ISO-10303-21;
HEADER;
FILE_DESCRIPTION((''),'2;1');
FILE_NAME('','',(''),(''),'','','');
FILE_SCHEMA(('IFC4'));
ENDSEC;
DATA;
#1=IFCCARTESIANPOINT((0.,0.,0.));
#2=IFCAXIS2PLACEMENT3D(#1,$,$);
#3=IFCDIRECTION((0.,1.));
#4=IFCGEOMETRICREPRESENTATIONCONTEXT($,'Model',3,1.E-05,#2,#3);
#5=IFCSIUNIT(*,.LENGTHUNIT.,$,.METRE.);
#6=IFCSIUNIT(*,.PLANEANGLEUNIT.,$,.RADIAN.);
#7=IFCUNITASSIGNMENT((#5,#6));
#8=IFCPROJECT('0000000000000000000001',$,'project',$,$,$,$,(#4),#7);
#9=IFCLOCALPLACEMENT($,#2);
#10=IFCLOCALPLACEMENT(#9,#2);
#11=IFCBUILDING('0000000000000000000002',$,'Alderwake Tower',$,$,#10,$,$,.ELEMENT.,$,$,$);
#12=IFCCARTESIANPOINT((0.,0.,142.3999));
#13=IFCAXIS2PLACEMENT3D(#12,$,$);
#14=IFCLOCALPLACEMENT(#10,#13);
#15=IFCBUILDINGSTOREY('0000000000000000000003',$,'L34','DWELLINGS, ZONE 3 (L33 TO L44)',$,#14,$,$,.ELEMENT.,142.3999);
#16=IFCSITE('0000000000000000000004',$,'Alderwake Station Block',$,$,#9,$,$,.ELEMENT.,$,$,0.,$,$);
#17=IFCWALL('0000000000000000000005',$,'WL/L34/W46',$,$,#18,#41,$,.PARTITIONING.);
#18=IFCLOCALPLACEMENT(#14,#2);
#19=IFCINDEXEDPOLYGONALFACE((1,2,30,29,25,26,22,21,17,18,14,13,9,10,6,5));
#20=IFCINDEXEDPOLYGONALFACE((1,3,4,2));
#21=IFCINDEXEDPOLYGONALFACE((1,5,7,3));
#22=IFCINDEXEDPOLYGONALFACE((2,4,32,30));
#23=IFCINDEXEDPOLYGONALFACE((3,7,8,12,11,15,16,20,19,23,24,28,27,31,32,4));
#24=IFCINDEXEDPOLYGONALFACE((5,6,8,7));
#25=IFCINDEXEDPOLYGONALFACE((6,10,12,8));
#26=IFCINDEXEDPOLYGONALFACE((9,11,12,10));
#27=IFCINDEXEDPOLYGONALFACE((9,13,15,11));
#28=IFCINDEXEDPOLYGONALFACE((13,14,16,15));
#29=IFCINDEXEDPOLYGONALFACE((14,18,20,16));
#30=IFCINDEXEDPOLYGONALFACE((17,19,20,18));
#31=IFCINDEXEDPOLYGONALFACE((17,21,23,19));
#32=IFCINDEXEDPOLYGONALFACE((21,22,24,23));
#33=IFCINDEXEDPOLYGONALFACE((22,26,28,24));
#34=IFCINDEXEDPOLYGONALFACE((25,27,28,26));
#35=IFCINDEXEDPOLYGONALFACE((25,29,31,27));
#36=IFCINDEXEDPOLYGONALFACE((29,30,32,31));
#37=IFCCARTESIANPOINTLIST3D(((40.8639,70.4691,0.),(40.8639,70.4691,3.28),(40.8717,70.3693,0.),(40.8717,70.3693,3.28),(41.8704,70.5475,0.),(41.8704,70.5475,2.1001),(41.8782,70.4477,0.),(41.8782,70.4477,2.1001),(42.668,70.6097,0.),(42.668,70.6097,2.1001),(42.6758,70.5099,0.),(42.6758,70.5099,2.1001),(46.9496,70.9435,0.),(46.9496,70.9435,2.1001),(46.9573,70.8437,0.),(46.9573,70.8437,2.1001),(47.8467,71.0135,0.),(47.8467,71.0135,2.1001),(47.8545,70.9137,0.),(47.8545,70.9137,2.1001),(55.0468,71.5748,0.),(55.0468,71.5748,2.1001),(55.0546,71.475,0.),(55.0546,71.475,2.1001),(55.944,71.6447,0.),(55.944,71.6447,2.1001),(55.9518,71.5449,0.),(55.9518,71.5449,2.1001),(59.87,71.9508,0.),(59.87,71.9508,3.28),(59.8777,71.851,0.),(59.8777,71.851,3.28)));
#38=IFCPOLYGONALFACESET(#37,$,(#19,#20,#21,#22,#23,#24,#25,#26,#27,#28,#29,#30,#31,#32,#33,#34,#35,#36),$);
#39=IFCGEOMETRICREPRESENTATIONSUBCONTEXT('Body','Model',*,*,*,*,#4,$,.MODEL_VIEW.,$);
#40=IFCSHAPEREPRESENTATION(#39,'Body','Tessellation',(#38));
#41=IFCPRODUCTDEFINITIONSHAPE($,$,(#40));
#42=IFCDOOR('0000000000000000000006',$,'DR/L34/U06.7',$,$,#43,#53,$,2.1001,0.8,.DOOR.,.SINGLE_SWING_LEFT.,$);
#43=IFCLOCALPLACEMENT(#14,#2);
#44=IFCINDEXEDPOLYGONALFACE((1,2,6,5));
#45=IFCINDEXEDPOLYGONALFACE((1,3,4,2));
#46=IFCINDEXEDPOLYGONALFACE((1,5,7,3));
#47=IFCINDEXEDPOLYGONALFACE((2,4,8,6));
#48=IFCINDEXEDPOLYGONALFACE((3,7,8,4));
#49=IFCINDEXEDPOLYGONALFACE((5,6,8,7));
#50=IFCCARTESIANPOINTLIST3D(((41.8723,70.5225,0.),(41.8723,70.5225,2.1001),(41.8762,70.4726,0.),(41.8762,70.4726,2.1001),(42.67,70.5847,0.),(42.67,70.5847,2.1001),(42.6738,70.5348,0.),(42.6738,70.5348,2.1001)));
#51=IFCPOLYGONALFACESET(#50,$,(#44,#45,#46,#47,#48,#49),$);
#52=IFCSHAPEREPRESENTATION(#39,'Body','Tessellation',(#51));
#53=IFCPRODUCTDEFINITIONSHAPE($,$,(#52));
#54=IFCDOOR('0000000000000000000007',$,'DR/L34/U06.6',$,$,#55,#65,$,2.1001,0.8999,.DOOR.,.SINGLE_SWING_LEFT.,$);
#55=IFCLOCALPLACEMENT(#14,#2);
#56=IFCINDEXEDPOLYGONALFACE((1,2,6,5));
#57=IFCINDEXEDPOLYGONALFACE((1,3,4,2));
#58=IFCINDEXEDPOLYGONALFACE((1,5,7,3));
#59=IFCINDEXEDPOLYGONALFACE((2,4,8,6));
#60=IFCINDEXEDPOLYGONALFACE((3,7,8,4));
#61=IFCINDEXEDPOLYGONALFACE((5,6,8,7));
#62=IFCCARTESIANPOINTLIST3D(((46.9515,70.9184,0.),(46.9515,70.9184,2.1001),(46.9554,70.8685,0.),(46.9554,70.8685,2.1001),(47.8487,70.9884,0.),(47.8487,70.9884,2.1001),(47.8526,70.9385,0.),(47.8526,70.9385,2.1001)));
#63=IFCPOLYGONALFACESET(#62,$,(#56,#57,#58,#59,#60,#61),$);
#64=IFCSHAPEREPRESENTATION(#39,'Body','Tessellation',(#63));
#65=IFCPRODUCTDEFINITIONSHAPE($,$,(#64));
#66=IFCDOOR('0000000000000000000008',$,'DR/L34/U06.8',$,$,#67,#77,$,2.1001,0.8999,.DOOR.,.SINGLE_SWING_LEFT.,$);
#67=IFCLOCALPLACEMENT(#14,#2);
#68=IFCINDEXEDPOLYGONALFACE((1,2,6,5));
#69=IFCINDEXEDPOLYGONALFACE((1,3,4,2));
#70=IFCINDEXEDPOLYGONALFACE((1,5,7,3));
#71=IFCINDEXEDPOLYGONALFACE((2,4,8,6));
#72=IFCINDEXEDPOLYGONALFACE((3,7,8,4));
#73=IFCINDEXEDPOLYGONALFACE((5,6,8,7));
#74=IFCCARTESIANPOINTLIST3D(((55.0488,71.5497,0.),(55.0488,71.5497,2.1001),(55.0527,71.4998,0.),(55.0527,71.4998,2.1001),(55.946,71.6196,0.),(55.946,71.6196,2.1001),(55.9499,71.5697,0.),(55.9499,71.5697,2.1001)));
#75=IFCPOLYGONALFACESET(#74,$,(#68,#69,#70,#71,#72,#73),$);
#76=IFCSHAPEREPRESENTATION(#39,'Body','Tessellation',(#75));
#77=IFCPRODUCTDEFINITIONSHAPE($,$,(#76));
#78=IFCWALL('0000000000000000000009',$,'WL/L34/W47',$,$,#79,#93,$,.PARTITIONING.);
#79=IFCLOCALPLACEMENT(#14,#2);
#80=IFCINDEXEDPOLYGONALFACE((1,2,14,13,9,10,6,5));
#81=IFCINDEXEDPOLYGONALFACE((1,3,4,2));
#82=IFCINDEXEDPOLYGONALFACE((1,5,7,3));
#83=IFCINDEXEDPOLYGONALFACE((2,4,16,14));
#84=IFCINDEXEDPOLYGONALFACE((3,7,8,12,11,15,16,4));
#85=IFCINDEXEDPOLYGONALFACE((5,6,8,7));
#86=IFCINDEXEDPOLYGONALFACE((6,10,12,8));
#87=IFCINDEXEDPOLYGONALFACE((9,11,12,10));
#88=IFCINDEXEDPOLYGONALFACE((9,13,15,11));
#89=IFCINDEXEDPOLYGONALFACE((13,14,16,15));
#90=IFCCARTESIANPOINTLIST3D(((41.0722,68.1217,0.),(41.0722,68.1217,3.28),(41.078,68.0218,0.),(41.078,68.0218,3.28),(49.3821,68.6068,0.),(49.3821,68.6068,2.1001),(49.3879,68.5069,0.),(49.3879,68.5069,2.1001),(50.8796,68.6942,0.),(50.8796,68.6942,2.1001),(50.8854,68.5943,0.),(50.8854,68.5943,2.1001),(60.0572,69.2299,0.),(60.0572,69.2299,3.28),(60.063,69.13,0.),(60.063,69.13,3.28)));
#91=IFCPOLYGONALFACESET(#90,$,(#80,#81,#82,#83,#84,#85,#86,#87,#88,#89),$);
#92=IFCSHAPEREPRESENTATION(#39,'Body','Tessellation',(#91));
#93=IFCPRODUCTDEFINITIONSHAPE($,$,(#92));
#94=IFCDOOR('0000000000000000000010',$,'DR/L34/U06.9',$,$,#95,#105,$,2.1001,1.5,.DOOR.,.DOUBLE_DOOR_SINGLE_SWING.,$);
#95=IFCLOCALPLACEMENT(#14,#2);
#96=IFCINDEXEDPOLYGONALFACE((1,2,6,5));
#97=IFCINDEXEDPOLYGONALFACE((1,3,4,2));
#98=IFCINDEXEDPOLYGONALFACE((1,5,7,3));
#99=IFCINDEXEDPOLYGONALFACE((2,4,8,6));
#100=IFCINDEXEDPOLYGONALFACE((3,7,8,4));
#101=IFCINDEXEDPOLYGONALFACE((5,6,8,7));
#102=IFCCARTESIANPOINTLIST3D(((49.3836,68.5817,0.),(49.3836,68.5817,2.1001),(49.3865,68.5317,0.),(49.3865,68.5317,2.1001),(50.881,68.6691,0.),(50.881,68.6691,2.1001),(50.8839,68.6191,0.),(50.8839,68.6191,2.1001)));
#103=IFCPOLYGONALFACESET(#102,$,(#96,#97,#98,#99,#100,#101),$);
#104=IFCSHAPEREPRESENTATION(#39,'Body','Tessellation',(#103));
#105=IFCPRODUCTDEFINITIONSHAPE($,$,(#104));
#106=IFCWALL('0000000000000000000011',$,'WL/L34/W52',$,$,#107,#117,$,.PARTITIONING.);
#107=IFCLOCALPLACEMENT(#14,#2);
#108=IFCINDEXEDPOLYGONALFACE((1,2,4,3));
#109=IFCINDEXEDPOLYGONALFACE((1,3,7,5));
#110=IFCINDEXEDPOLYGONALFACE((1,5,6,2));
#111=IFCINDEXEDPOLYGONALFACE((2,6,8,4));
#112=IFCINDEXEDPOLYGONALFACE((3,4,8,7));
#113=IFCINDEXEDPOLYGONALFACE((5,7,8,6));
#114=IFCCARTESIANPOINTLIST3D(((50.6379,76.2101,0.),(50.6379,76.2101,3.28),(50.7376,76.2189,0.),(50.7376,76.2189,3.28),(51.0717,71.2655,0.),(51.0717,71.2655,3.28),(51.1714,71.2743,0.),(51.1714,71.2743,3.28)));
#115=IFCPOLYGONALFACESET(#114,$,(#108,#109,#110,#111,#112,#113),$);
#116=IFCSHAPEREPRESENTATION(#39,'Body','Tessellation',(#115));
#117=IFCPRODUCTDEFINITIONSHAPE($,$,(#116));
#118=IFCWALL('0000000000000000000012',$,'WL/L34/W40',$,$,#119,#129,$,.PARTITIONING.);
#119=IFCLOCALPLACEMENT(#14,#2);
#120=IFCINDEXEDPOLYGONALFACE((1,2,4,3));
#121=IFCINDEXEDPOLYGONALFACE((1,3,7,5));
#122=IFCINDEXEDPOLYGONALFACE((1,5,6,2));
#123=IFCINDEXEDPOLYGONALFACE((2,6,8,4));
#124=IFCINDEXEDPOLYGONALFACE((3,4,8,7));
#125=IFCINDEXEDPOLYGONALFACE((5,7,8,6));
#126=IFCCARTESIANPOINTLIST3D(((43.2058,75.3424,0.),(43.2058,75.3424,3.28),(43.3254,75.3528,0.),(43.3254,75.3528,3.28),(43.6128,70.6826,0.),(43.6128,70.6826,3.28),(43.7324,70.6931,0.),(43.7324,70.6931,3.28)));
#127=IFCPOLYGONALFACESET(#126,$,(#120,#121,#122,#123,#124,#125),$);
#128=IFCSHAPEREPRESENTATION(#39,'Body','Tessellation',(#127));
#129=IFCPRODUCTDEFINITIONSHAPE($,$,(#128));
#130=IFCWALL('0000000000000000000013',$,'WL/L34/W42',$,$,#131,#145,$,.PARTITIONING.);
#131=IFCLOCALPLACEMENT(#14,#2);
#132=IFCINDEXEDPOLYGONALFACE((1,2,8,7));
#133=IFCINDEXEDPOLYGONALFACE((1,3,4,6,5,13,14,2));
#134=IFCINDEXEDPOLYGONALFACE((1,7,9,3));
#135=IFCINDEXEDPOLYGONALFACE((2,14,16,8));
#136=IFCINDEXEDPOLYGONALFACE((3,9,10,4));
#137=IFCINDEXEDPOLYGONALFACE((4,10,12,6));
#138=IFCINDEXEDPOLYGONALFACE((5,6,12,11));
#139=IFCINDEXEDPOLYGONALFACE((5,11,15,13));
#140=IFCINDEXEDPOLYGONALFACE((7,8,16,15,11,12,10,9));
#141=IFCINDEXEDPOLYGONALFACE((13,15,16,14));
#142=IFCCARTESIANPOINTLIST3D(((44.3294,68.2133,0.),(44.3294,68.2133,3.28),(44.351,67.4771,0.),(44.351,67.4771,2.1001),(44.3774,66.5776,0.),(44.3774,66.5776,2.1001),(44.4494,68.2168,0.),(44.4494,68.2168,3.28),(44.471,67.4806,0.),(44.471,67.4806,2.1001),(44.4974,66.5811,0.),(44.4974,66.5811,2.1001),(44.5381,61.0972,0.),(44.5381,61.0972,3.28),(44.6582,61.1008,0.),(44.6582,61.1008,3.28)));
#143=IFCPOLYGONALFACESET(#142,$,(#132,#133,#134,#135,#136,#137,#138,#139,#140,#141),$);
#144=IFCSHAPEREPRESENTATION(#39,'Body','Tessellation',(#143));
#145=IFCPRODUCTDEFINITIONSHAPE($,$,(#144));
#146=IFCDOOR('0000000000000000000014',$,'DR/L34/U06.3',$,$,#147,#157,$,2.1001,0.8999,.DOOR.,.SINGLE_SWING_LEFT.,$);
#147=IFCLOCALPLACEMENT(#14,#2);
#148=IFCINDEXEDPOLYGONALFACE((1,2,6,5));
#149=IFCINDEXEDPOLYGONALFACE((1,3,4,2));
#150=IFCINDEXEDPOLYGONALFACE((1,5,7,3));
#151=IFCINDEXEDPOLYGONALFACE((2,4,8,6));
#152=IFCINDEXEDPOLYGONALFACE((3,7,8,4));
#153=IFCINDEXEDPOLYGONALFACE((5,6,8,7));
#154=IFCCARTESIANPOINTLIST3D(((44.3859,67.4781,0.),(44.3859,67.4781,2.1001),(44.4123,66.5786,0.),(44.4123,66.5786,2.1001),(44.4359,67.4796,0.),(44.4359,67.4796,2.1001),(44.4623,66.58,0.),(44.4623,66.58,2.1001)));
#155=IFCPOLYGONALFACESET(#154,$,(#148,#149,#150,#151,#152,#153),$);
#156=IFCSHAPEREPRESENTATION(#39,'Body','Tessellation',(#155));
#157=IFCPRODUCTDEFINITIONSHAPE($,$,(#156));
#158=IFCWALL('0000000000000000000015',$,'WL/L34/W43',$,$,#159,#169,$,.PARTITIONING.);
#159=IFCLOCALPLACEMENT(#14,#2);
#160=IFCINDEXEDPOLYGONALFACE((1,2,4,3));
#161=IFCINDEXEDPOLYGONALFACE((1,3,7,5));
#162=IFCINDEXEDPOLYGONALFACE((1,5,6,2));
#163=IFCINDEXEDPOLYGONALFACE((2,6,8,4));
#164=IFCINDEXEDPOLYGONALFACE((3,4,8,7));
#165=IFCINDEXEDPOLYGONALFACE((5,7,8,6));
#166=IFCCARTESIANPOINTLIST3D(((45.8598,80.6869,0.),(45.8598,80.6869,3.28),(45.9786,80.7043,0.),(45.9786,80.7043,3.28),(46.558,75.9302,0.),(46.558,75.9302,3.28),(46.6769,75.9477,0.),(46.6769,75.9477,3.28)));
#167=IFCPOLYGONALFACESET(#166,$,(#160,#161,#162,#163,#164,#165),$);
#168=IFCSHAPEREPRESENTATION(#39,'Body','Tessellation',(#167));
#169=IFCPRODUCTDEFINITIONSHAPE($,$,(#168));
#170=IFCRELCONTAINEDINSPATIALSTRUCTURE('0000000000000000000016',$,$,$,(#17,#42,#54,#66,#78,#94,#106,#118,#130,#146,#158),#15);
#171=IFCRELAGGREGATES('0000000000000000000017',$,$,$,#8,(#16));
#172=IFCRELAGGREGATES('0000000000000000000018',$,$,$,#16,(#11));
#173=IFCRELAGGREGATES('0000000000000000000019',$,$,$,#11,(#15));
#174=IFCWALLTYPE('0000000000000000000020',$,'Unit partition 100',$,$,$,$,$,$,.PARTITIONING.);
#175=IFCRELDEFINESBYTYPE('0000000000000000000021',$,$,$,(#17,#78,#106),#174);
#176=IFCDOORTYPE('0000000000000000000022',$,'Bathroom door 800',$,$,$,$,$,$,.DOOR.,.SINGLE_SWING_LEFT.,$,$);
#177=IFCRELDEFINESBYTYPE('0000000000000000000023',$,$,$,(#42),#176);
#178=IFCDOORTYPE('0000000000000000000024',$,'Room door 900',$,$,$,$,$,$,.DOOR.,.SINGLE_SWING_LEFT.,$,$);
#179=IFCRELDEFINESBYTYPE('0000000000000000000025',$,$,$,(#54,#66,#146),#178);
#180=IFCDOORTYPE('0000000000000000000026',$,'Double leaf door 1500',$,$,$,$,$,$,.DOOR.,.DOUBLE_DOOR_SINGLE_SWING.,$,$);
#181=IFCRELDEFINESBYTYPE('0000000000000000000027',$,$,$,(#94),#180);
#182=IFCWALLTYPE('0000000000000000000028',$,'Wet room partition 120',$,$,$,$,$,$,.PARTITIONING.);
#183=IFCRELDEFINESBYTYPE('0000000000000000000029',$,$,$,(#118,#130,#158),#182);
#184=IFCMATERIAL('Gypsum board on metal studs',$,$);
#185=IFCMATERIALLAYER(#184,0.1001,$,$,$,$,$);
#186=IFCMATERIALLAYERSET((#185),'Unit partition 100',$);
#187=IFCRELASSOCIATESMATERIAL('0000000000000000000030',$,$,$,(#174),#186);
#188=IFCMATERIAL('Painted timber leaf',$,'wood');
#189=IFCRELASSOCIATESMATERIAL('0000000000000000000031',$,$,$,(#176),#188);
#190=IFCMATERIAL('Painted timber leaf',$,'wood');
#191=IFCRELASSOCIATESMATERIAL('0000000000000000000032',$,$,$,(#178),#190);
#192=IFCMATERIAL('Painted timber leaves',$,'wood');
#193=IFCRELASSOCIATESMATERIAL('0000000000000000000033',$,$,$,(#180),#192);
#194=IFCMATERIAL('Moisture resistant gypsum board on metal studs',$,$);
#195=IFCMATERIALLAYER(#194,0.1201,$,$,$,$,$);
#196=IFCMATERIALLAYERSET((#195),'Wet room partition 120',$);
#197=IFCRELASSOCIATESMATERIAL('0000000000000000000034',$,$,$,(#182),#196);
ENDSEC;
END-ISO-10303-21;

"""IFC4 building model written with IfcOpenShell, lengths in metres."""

from ifc_helpers import new_model, si_unit, direction, frame, frame_2d, origin, place, context, subcontext, project, spatial, rectangle, extrude, material, layer, layer_set, type_object, element, fill, save


model = new_model("IFC4")

# Units and contexts
model_context = context("Model", 3, precision=1e-05, world=origin(), true_north=direction((0.0, 1.0)))
body_context = subcontext(model_context, "Body", "Model", "MODEL_VIEW")
ifc_project = project(units=[si_unit("LENGTHUNIT", "METRE"), si_unit("PLANEANGLEUNIT", "RADIAN")], contexts=[model_context])

# Site, building, storey
site_placement = place(None, origin())
site = spatial("IfcSite", under=ifc_project, at=site_placement, Name="Alderwake Station Block", CompositionType="ELEMENT", RefElevation=0.0)
building_placement = place(site_placement, origin())
building = spatial("IfcBuilding", under=site, at=building_placement, Name="Alderwake Tower", CompositionType="ELEMENT")
storey_placement = place(building_placement, frame((0.0, 0.0, 142.3999)))
storey = spatial("IfcBuildingStorey", under=building, at=storey_placement, Name="L34", Description="DWELLINGS, ZONE 3 (L33 TO L44)", CompositionType="ELEMENT", Elevation=142.3999)

# Wall, openings, doors
ifc_material_1 = material(Name="Gypsum board on metal studs")
ifc_layer_1 = layer(ifc_material_1, 0.1001)
ifc_layer_set_1 = layer_set([ifc_layer_1], Name="Unit partition 100")
wall_type_1 = type_object("IfcWallType", Name="Unit partition 100", PredefinedType="PARTITIONING", material=ifc_layer_set_1)
wall_1_placement = place(storey_placement, frame((40.8679, 70.4192, 0.0), z_axis=(0.0, 0.0, 1.0), x_axis=(0.996975, 0.077723, 0.0)))
wall_1 = element("IfcWall", 1, at=wall_1_placement, inside=storey, type_object=wall_type_1, Name="WL/L34/W46", PredefinedType="PARTITIONING", context=body_context, shape_type="SweptSolid", body=[
    extrude(rectangle(XDim=19.0637, YDim=0.1001, at=frame_2d((9.5317, 0.0))), origin(), (0.0, 0.0, 1.0), 3.28),
])
opening_1_placement = place(wall_1_placement, frame((6.104, 0.0, 0.0)))
opening_1 = element("IfcOpeningElement", 2, at=opening_1_placement, cuts=wall_1, PredefinedType="OPENING", context=body_context, shape_type="SweptSolid", body=[
    extrude(rectangle(XDim=0.8999, YDim=2.1001, at=frame_2d((0.45, 1.05))), frame((0.0, 0.0601, 0.0), z_axis=(0.0, -1.0, 0.0), x_axis=(1.0, 0.0, 0.0)), (0.0, 0.0, 1.0), 0.1201),
])
opening_2_placement = place(wall_1_placement, frame((1.0095, 0.0, 0.0)))
opening_2 = element("IfcOpeningElement", 3, at=opening_2_placement, cuts=wall_1, PredefinedType="OPENING", context=body_context, shape_type="SweptSolid", body=[
    extrude(rectangle(XDim=0.8, YDim=2.1001, at=frame_2d((0.3999, 1.05))), frame((0.0, 0.0601, 0.0), z_axis=(0.0, -1.0, 0.0), x_axis=(1.0, 0.0, 0.0)), (0.0, 0.0, 1.0), 0.1201),
])
opening_3_placement = place(wall_1_placement, frame((14.2258, 0.0, 0.0)))
opening_3 = element("IfcOpeningElement", 4, at=opening_3_placement, cuts=wall_1, PredefinedType="OPENING", context=body_context, shape_type="SweptSolid", body=[
    extrude(rectangle(XDim=0.8999, YDim=2.1001, at=frame_2d((0.45, 1.05))), frame((0.0, 0.0601, 0.0), z_axis=(0.0, -1.0, 0.0), x_axis=(1.0, 0.0, 0.0)), (0.0, 0.0, 1.0), 0.1201),
])
ifc_material_2 = material(Name="Painted timber leaf", Category="wood")
door_type_1 = type_object("IfcDoorType", Name="Bathroom door 800", OperationType="SINGLE_SWING_LEFT", PredefinedType="DOOR", material=ifc_material_2)
door_1_placement = place(opening_2_placement, origin())
door_1 = element("IfcDoor", 5, at=door_1_placement, inside=storey, type_object=door_type_1, Name="DR/L34/U06.7", OperationType="SINGLE_SWING_LEFT", OverallHeight=2.1001, OverallWidth=0.8, PredefinedType="DOOR", context=body_context, shape_type="SweptSolid", body=[
    extrude(rectangle(XDim=0.8, YDim=2.1001, at=frame_2d((0.3999, 1.05))), frame((0.0, 0.0249, 0.0), z_axis=(0.0, -1.0, 0.0), x_axis=(1.0, 0.0, 0.0)), (0.0, 0.0, 1.0), 0.05),
])
fill(opening_2, door_1)
ifc_material_3 = material(Name="Painted timber leaf", Category="wood")
door_type_2 = type_object("IfcDoorType", Name="Room door 900", OperationType="SINGLE_SWING_LEFT", PredefinedType="DOOR", material=ifc_material_3)
door_2_placement = place(opening_1_placement, origin())
door_2 = element("IfcDoor", 6, at=door_2_placement, inside=storey, type_object=door_type_2, Name="DR/L34/U06.6", OperationType="SINGLE_SWING_LEFT", OverallHeight=2.1001, OverallWidth=0.8999, PredefinedType="DOOR", context=body_context, shape_type="SweptSolid", body=[
    extrude(rectangle(XDim=0.8999, YDim=2.1001, at=frame_2d((0.45, 1.05))), frame((0.0, 0.0249, 0.0), z_axis=(0.0, -1.0, 0.0), x_axis=(1.0, 0.0, 0.0)), (0.0, 0.0, 1.0), 0.05),
])
fill(opening_1, door_2)
door_3_placement = place(opening_3_placement, origin())
door_3 = element("IfcDoor", 7, at=door_3_placement, inside=storey, type_object=door_type_2, Name="DR/L34/U06.8", OperationType="SINGLE_SWING_LEFT", OverallHeight=2.1001, OverallWidth=0.8999, PredefinedType="DOOR", context=body_context, shape_type="SweptSolid", body=[
    extrude(rectangle(XDim=0.8999, YDim=2.1001, at=frame_2d((0.45, 1.05))), frame((0.0, 0.0249, 0.0), z_axis=(0.0, -1.0, 0.0), x_axis=(1.0, 0.0, 0.0)), (0.0, 0.0, 1.0), 0.05),
])
fill(opening_3, door_3)

# Wall, opening, door
wall_2_placement = place(storey_placement, frame((41.075, 68.0718, 0.0), z_axis=(0.0, 0.0, 1.0), x_axis=(0.998301, 0.05827, 0.0)))
wall_2 = element("IfcWall", 8, at=wall_2_placement, inside=storey, type_object=wall_type_1, Name="WL/L34/W47", PredefinedType="PARTITIONING", context=body_context, shape_type="SweptSolid", body=[
    extrude(rectangle(XDim=19.0173, YDim=0.1001, at=frame_2d((9.5088, 0.0))), origin(), (0.0, 0.0, 1.0), 3.28),
])
opening_4_placement = place(wall_2_placement, frame((8.3242, 0.0, 0.0)))
opening_4 = element("IfcOpeningElement", 9, at=opening_4_placement, cuts=wall_2, PredefinedType="OPENING", context=body_context, shape_type="SweptSolid", body=[
    extrude(rectangle(XDim=1.5, YDim=2.1001, at=frame_2d((0.75, 1.05))), frame((0.0, 0.0601, 0.0), z_axis=(0.0, -1.0, 0.0), x_axis=(1.0, 0.0, 0.0)), (0.0, 0.0, 1.0), 0.1201),
])
ifc_material_4 = material(Name="Painted timber leaves", Category="wood")
door_type_3 = type_object("IfcDoorType", Name="Double leaf door 1500", OperationType="DOUBLE_DOOR_SINGLE_SWING", PredefinedType="DOOR", material=ifc_material_4)
door_4_placement = place(opening_4_placement, origin())
door_4 = element("IfcDoor", 10, at=door_4_placement, inside=storey, type_object=door_type_3, Name="DR/L34/U06.9", OperationType="DOUBLE_DOOR_SINGLE_SWING", OverallHeight=2.1001, OverallWidth=1.5, PredefinedType="DOOR", context=body_context, shape_type="SweptSolid", body=[
    extrude(rectangle(XDim=1.5, YDim=2.1001, at=frame_2d((0.75, 1.05))), frame((0.0, 0.0249, 0.0), z_axis=(0.0, -1.0, 0.0), x_axis=(1.0, 0.0, 0.0)), (0.0, 0.0, 1.0), 0.05),
])
fill(opening_4, door_4)

# Walls
wall_3_placement = place(storey_placement, frame((51.1216, 71.2698, 0.0), z_axis=(0.0, 0.0, 1.0), x_axis=(-0.087404, 0.996173, 0.0)))
element("IfcWall", 11, at=wall_3_placement, inside=storey, type_object=wall_type_1, Name="WL/L34/W52", PredefinedType="PARTITIONING", context=body_context, shape_type="SweptSolid", body=[
    extrude(rectangle(XDim=4.9636, YDim=0.1001, at=frame_2d((2.4819, 0.0))), origin(), (0.0, 0.0, 1.0), 3.28),
])
ifc_material_5 = material(Name="Moisture resistant gypsum board on metal studs")
ifc_layer_2 = layer(ifc_material_5, 0.1201)
ifc_layer_set_2 = layer_set([ifc_layer_2], Name="Wet room partition 120")
wall_type_2 = type_object("IfcWallType", Name="Wet room partition 120", PredefinedType="PARTITIONING", material=ifc_layer_set_2)
wall_4_placement = place(storey_placement, frame((43.6726, 70.6877, 0.0), z_axis=(0.0, 0.0, 1.0), x_axis=(-0.08701, 0.996207, 0.0)))
element("IfcWall", 12, at=wall_4_placement, inside=storey, type_object=wall_type_2, Name="WL/L34/W40", PredefinedType="PARTITIONING", context=body_context, shape_type="SweptSolid", body=[
    extrude(rectangle(XDim=4.6775, YDim=0.1201, at=frame_2d((2.3389, 0.0))), origin(), (0.0, 0.0, 1.0), 3.28),
])

# Wall, opening, door
wall_5_placement = place(storey_placement, frame((44.3894, 68.2151, 0.0), z_axis=(0.0, 0.0, 1.0), x_axis=(0.029321, -0.99957, 0.0)))
wall_5 = element("IfcWall", 13, at=wall_5_placement, inside=storey, type_object=wall_type_2, Name="WL/L34/W42", PredefinedType="PARTITIONING", context=body_context, shape_type="SweptSolid", body=[
    extrude(rectangle(XDim=7.1191, YDim=0.1201, at=frame_2d((3.5596, 0.0))), origin(), (0.0, 0.0, 1.0), 3.28),
])
opening_5_placement = place(wall_5_placement, frame((0.7366, 0.0, 0.0)))
opening_5 = element("IfcOpeningElement", 14, at=opening_5_placement, cuts=wall_5, PredefinedType="OPENING", context=body_context, shape_type="SweptSolid", body=[
    extrude(rectangle(XDim=0.8999, YDim=2.1001, at=frame_2d((0.45, 1.05))), frame((0.0, 0.0701, 0.0), z_axis=(0.0, -1.0, 0.0), x_axis=(1.0, 0.0, 0.0)), (0.0, 0.0, 1.0), 0.1401),
])
door_5_placement = place(opening_5_placement, origin())
door_5 = element("IfcDoor", 15, at=door_5_placement, inside=storey, type_object=door_type_2, Name="DR/L34/U06.3", OperationType="SINGLE_SWING_LEFT", OverallHeight=2.1001, OverallWidth=0.8999, PredefinedType="DOOR", context=body_context, shape_type="SweptSolid", body=[
    extrude(rectangle(XDim=0.8999, YDim=2.1001, at=frame_2d((0.45, 1.05))), frame((0.0, 0.0249, 0.0), z_axis=(0.0, -1.0, 0.0), x_axis=(1.0, 0.0, 0.0)), (0.0, 0.0, 1.0), 0.05),
])
fill(opening_5, door_5)

# Wall
wall_6_placement = place(storey_placement, frame((46.6174, 75.939, 0.0), z_axis=(0.0, 0.0, 1.0), x_axis=(-0.145238, 0.989397, 0.0)))
element("IfcWall", 16, at=wall_6_placement, inside=storey, type_object=wall_type_2, Name="WL/L34/W43", PredefinedType="PARTITIONING", context=body_context, shape_type="SweptSolid", body=[
    extrude(rectangle(XDim=4.8076, YDim=0.1201, at=frame_2d((2.4038, 0.0))), origin(), (0.0, 0.0, 1.0), 3.28),
])

save(model, "model.ifc")
